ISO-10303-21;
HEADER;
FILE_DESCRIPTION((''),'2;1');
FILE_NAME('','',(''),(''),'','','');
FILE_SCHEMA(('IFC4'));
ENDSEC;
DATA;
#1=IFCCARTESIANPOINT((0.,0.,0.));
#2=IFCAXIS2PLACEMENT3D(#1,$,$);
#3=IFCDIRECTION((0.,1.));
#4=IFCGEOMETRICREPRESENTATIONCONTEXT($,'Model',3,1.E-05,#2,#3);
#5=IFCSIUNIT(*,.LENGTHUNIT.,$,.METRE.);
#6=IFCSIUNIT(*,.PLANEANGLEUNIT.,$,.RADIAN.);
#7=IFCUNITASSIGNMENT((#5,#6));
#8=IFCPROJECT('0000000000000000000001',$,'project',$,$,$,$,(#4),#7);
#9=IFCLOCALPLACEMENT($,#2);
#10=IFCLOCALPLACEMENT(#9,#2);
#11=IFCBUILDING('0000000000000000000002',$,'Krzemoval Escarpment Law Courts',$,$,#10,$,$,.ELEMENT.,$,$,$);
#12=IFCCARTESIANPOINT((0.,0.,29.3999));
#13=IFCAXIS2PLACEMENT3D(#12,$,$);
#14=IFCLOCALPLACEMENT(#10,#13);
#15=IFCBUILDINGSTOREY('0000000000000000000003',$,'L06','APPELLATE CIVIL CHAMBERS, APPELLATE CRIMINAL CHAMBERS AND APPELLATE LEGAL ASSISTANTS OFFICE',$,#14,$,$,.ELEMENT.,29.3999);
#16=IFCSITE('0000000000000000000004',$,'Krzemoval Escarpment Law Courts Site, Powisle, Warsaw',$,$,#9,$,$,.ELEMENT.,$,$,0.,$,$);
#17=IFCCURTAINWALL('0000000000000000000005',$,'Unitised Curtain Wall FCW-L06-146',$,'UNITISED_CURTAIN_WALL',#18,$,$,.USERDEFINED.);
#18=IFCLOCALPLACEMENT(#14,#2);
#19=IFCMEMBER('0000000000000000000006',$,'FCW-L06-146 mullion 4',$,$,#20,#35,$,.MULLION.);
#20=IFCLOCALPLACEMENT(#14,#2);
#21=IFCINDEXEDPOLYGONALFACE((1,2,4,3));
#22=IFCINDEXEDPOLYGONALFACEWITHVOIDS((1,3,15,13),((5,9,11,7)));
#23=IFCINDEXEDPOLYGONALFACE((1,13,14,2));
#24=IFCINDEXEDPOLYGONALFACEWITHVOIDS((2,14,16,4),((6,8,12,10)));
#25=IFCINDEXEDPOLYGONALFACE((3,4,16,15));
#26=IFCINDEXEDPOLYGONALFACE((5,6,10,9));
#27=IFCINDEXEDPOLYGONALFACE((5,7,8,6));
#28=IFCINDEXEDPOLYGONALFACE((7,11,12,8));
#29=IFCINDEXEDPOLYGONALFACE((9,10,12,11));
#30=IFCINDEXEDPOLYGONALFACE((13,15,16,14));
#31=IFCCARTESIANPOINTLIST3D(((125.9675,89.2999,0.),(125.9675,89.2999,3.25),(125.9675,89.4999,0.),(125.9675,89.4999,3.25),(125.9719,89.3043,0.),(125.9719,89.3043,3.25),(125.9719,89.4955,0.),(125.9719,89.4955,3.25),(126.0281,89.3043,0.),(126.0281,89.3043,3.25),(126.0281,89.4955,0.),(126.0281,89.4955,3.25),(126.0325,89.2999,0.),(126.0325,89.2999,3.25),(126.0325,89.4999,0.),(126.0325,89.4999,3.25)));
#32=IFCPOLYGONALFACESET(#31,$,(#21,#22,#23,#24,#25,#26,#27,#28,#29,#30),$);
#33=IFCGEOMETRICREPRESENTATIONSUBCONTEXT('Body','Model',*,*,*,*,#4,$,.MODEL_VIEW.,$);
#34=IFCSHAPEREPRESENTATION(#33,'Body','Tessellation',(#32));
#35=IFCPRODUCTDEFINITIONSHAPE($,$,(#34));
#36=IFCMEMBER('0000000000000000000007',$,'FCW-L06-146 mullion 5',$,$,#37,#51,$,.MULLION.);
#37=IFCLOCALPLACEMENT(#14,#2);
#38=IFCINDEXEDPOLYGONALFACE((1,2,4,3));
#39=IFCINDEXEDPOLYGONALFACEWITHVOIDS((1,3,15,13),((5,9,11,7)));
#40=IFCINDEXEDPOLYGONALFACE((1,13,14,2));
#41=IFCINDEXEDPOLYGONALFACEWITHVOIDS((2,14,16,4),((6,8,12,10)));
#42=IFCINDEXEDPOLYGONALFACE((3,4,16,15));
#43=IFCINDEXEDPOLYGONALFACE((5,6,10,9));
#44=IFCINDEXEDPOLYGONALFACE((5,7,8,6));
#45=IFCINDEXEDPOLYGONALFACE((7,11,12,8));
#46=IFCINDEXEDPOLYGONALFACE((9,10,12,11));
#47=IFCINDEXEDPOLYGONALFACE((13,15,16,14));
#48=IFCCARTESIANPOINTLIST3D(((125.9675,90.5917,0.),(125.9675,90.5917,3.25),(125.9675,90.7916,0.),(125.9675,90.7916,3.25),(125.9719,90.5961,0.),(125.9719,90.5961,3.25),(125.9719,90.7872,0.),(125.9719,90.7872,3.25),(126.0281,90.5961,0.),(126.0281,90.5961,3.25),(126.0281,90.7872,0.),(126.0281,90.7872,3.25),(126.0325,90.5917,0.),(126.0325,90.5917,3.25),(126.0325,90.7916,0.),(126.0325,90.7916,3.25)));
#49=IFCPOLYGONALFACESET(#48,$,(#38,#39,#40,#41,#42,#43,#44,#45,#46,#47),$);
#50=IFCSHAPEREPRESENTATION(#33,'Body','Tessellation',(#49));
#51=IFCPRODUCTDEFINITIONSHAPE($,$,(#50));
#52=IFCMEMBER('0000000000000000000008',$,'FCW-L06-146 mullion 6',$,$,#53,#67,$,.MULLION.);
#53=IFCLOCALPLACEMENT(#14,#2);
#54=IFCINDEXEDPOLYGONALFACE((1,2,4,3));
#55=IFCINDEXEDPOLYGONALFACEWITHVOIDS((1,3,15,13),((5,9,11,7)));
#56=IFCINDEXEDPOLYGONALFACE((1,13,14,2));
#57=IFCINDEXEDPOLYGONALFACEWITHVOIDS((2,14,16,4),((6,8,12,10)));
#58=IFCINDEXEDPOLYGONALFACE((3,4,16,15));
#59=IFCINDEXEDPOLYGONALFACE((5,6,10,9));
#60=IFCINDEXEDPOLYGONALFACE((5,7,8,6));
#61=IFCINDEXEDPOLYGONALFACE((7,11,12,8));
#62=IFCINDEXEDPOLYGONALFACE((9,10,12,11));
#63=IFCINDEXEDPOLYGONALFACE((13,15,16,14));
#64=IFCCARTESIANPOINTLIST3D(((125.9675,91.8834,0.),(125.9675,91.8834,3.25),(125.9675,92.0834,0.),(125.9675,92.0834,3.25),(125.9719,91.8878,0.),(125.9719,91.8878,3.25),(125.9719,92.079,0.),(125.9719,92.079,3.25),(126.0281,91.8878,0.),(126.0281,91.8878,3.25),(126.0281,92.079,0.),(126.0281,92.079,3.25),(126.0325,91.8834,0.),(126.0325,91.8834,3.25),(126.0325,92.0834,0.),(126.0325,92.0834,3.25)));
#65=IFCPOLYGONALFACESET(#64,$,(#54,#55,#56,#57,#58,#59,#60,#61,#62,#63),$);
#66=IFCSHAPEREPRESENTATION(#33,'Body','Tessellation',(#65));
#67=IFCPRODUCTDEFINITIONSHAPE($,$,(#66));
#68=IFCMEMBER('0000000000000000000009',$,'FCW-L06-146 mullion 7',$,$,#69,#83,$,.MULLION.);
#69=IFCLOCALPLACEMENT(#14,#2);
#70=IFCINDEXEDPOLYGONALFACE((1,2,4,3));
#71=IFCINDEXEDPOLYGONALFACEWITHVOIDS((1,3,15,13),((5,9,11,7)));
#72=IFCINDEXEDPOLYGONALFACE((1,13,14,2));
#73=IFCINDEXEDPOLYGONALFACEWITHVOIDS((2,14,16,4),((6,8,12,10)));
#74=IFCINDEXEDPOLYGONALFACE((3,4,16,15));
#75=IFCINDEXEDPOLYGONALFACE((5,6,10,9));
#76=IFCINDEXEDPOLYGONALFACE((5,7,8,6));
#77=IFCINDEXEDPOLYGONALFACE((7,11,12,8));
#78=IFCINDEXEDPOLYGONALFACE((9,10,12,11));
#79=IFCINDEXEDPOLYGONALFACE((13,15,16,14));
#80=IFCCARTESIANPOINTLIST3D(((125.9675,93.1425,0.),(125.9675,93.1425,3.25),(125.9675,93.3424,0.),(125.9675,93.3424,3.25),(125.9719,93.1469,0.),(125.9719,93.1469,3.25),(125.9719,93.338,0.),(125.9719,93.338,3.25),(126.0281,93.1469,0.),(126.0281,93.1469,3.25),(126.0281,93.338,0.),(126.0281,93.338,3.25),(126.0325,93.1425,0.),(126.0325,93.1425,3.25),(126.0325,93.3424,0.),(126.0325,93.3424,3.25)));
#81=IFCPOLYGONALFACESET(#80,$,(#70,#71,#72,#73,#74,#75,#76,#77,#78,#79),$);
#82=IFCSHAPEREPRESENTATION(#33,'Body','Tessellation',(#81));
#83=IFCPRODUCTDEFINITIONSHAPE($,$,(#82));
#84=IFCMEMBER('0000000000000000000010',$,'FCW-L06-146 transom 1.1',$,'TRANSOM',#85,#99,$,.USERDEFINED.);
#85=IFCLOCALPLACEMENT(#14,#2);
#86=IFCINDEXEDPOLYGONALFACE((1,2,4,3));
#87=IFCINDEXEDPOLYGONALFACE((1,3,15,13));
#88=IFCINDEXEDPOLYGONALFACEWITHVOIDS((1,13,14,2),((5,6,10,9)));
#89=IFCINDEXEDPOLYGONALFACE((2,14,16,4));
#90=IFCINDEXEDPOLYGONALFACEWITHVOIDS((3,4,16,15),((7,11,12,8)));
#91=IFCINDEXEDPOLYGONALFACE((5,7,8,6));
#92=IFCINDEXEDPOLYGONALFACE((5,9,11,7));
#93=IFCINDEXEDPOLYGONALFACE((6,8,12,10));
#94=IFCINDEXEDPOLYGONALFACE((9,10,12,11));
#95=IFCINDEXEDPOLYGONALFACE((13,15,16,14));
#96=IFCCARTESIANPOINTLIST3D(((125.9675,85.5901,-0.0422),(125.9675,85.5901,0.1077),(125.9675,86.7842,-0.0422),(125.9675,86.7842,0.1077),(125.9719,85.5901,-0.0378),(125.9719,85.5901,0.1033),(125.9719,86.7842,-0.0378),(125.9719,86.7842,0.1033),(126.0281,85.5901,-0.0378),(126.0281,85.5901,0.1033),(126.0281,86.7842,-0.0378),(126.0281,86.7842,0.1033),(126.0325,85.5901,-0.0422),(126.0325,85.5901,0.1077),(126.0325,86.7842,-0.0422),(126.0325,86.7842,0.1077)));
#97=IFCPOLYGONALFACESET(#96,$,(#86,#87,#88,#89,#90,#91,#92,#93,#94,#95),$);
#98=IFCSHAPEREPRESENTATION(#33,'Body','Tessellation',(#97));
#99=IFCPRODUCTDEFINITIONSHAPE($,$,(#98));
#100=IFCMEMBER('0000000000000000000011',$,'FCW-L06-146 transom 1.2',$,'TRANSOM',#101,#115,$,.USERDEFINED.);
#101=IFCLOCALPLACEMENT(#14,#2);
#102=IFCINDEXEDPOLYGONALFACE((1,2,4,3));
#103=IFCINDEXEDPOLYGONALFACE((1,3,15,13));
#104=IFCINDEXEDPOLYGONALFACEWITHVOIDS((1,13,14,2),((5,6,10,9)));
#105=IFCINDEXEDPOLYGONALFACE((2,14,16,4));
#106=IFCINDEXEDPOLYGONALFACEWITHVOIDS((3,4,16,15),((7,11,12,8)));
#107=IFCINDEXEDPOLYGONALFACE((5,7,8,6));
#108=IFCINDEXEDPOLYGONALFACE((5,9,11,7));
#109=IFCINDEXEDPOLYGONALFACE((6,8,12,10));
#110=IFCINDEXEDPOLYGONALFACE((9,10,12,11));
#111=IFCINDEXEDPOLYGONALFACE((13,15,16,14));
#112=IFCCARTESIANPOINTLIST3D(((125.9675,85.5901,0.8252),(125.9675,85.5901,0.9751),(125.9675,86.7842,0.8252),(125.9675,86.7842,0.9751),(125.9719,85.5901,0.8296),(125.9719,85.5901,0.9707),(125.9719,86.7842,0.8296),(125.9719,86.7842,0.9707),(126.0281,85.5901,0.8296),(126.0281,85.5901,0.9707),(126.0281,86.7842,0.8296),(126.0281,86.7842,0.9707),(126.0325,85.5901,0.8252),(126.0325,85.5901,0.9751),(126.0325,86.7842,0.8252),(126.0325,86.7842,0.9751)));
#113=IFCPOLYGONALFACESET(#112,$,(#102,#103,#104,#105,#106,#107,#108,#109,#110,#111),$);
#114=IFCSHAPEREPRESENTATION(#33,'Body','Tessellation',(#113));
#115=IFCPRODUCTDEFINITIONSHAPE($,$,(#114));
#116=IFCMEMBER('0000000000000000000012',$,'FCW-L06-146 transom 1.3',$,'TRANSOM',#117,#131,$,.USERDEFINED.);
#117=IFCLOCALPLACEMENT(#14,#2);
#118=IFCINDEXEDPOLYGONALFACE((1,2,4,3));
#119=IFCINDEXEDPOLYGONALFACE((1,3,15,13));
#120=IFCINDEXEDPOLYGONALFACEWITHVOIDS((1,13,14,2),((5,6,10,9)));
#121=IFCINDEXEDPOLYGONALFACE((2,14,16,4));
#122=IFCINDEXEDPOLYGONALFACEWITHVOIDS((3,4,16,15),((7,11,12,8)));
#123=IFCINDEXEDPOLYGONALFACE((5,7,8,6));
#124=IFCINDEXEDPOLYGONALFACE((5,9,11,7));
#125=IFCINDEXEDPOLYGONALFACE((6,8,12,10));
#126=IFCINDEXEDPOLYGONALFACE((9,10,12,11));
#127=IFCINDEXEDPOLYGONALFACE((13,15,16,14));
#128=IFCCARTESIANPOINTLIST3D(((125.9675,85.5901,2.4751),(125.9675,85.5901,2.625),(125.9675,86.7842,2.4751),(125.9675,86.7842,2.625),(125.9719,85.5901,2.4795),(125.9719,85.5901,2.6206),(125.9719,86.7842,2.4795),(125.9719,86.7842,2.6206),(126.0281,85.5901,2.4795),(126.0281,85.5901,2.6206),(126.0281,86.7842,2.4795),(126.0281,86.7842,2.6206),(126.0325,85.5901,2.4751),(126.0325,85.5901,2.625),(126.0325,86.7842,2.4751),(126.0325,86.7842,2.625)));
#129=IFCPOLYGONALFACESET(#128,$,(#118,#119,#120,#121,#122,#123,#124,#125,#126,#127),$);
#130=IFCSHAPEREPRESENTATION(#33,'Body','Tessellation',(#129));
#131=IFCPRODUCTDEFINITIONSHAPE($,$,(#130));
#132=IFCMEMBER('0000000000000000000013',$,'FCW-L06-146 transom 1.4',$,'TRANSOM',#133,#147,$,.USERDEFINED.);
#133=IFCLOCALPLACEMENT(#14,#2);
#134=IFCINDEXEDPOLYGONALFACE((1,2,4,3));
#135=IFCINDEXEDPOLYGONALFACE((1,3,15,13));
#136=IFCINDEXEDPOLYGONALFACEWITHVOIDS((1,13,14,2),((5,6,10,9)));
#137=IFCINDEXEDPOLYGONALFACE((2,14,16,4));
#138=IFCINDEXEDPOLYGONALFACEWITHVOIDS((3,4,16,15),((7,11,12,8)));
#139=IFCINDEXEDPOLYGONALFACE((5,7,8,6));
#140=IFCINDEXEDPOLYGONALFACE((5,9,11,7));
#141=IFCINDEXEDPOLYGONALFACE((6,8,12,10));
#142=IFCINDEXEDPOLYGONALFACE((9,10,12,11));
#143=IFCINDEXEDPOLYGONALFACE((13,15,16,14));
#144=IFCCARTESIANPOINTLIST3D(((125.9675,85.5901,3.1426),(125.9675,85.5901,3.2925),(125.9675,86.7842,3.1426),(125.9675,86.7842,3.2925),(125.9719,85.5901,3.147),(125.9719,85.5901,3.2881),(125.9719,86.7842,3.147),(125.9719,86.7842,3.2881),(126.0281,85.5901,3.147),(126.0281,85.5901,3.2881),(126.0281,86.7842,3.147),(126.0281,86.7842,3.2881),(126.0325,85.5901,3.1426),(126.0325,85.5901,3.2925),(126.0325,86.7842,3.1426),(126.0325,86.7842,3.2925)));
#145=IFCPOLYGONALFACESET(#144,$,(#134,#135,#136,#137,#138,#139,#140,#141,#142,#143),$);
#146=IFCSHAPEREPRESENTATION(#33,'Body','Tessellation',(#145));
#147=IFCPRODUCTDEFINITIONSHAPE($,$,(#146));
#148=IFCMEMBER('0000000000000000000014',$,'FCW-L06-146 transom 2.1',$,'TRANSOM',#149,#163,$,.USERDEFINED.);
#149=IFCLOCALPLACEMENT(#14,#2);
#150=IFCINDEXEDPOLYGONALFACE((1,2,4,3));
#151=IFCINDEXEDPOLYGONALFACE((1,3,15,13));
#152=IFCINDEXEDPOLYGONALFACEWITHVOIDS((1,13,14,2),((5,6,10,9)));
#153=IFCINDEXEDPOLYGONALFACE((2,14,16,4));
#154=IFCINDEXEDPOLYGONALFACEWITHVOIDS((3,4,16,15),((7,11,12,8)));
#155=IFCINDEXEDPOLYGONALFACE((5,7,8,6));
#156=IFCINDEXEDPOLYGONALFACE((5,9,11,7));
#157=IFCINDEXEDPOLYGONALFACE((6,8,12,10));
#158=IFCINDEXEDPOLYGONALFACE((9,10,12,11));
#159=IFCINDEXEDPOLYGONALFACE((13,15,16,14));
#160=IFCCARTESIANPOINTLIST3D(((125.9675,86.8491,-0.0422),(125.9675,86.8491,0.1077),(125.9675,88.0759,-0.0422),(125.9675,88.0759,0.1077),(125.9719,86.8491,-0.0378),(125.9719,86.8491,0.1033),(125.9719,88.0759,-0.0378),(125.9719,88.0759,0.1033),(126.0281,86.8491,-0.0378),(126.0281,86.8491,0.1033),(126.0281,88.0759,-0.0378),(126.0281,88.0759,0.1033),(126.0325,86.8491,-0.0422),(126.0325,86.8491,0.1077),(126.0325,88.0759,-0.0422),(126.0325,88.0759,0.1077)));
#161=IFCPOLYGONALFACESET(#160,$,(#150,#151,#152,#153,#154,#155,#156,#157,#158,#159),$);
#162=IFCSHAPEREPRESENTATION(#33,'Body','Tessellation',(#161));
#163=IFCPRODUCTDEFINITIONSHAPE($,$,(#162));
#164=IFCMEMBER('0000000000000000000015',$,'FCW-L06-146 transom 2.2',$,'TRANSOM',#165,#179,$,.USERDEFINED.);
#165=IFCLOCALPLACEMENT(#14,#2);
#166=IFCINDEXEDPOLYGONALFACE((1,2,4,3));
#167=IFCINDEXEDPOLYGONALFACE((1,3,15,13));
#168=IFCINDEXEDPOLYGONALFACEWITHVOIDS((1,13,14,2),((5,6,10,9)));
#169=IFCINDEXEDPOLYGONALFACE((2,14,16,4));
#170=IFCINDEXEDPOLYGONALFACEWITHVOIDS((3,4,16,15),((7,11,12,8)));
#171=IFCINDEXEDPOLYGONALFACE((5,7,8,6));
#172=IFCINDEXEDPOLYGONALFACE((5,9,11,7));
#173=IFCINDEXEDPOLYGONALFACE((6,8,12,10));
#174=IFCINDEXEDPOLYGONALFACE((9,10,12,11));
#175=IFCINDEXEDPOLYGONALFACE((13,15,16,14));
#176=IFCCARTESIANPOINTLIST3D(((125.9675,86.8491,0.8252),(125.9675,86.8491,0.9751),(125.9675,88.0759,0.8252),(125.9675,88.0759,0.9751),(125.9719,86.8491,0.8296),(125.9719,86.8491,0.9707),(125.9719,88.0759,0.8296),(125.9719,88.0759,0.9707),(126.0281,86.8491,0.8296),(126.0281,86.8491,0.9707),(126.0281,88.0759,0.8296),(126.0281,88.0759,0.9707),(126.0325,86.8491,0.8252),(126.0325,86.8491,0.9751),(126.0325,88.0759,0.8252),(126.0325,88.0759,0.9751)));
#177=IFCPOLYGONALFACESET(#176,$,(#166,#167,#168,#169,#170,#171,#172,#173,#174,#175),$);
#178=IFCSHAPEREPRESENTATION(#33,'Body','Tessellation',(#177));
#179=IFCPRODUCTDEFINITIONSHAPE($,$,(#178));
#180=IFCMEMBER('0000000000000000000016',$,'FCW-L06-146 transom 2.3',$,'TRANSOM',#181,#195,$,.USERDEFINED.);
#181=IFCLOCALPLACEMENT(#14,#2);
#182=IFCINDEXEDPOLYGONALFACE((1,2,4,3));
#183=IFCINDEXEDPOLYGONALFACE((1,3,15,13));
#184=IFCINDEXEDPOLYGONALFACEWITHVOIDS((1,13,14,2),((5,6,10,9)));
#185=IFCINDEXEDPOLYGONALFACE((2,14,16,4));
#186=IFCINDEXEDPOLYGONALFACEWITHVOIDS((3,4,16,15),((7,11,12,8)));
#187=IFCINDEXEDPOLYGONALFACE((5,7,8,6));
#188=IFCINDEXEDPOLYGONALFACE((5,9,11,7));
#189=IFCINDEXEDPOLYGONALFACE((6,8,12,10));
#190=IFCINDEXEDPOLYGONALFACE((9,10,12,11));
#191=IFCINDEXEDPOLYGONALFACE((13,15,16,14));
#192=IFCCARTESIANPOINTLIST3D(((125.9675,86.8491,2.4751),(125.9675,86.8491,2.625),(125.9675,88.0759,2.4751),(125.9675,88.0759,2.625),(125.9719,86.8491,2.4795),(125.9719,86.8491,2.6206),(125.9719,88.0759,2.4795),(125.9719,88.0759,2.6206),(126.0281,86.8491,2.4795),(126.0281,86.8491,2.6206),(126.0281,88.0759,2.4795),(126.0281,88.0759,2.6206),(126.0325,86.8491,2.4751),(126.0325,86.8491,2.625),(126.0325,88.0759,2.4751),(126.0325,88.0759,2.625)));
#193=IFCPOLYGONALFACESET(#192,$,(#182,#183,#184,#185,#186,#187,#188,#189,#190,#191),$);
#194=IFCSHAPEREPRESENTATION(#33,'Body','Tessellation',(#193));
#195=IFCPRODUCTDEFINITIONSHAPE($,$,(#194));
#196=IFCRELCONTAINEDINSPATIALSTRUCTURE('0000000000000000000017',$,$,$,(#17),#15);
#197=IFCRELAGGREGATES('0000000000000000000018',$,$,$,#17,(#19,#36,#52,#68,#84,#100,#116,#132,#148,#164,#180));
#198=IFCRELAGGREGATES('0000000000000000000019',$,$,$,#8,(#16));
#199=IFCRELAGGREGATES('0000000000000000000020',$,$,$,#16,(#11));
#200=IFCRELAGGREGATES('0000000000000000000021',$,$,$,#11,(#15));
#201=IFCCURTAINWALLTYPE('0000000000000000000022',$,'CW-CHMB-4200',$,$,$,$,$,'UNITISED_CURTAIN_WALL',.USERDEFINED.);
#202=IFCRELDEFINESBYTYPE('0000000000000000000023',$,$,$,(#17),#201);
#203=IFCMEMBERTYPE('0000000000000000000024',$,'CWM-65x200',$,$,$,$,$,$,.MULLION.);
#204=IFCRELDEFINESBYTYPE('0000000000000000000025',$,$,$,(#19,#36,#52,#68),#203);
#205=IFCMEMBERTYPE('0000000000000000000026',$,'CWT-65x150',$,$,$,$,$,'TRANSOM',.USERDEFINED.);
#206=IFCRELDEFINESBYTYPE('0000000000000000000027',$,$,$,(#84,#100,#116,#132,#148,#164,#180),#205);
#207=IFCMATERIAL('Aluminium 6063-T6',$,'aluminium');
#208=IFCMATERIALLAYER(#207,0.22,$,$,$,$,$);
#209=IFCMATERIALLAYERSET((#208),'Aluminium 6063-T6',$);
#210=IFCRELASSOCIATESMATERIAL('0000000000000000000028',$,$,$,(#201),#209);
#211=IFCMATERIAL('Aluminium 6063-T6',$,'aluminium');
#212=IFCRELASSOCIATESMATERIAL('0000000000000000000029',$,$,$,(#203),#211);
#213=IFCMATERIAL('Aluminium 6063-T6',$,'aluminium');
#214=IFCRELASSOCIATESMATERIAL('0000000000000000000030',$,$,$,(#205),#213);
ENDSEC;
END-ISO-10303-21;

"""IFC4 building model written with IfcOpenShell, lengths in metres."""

from ifc_helpers import new_model, si_unit, direction, frame, origin, origin_2d, place, context, subcontext, project, spatial, hollow_rectangle, extrude, material, layer, layer_set, material_profile, profile_set, type_object, element, aggregate, save


model = new_model("IFC4")

# Units and contexts
model_context = context("Model", 3, precision=1e-05, world=origin(), true_north=direction((0.0, 1.0)))
body_context = subcontext(model_context, "Body", "Model", "MODEL_VIEW")
ifc_project = project(units=[si_unit("LENGTHUNIT", "METRE"), si_unit("PLANEANGLEUNIT", "RADIAN")], contexts=[model_context])

# Site, building, storey
site_placement = place(None, origin())
site = spatial("IfcSite", under=ifc_project, at=site_placement, Name="Krzemoval Escarpment Law Courts Site, Powisle, Warsaw", CompositionType="ELEMENT", RefElevation=0.0)
building_placement = place(site_placement, origin())
building = spatial("IfcBuilding", under=site, at=building_placement, Name="Krzemoval Escarpment Law Courts", CompositionType="ELEMENT")
storey_placement = place(building_placement, frame((0.0, 0.0, 29.3999)))
storey = spatial("IfcBuildingStorey", under=building, at=storey_placement, Name="L06", Description="APPELLATE CIVIL CHAMBERS, APPELLATE CRIMINAL CHAMBERS AND APPELLATE LEGAL ASSISTANTS OFFICE", CompositionType="ELEMENT", Elevation=29.3999)

# Curtain wall, members
ifc_material_1 = material(Name="Aluminium 6063-T6", Category="aluminium")
ifc_layer_1 = layer(ifc_material_1, 0.22)
ifc_layer_set_1 = layer_set([ifc_layer_1], Name="Aluminium 6063-T6")
curtain_wall_type = type_object("IfcCurtainWallType", Name="CW-CHMB-4200", ElementType="UNITISED_CURTAIN_WALL", PredefinedType="USERDEFINED", material=ifc_layer_set_1)
curtain_wall_placement = place(storey_placement, origin())
curtain_wall = element("IfcCurtainWall", 1, at=curtain_wall_placement, inside=storey, type_object=curtain_wall_type, Name="Unitised Curtain Wall FCW-L06-146", ObjectType="UNITISED_CURTAIN_WALL", PredefinedType="USERDEFINED")
ifc_material_2 = material(Name="Aluminium 6063-T6", Category="aluminium")
ifc_material_profile_1 = material_profile(ifc_material_2, hollow_rectangle(XDim=0.0649, YDim=0.2, WallThickness=0.0044, at=origin_2d()), Name="ALU M65x200")
ifc_profile_set_1 = profile_set([ifc_material_profile_1], Name="Aluminium 6063-T6")
member_type_1 = type_object("IfcMemberType", Name="CWM-65x200", PredefinedType="MULLION", material=ifc_profile_set_1)
member_1_placement = place(storey_placement, frame((126.0, 89.3999, 0.0), z_axis=(0.0, 0.0, 1.0), x_axis=(-1.0, 0.0, 0.0)))
member_1 = element("IfcMember", 2, at=member_1_placement, type_object=member_type_1, Name="FCW-L06-146 mullion 4", PredefinedType="MULLION", context=body_context, shape_type="SweptSolid", body=[
    extrude(hollow_rectangle(XDim=0.0649, YDim=0.2, WallThickness=0.0044, at=origin_2d()), origin(), (0.0, 0.0, 1.0), 3.25),
])
member_2_placement = place(storey_placement, frame((126.0, 90.6917, 0.0), z_axis=(0.0, 0.0, 1.0), x_axis=(-1.0, 0.0, 0.0)))
member_2 = element("IfcMember", 3, at=member_2_placement, type_object=member_type_1, Name="FCW-L06-146 mullion 5", PredefinedType="MULLION", context=body_context, shape_type="SweptSolid", body=[
    extrude(hollow_rectangle(XDim=0.0649, YDim=0.2, WallThickness=0.0044, at=origin_2d()), origin(), (0.0, 0.0, 1.0), 3.25),
])
member_3_placement = place(storey_placement, frame((126.0, 91.9834, 0.0), z_axis=(0.0, 0.0, 1.0), x_axis=(-1.0, 0.0, 0.0)))
member_3 = element("IfcMember", 4, at=member_3_placement, type_object=member_type_1, Name="FCW-L06-146 mullion 6", PredefinedType="MULLION", context=body_context, shape_type="SweptSolid", body=[
    extrude(hollow_rectangle(XDim=0.0649, YDim=0.2, WallThickness=0.0044, at=origin_2d()), origin(), (0.0, 0.0, 1.0), 3.25),
])
member_4_placement = place(storey_placement, frame((126.0, 93.2424, 0.0), z_axis=(0.0, 0.0, 1.0), x_axis=(-1.0, 0.0, 0.0)))
member_4 = element("IfcMember", 5, at=member_4_placement, type_object=member_type_1, Name="FCW-L06-146 mullion 7", PredefinedType="MULLION", context=body_context, shape_type="SweptSolid", body=[
    extrude(hollow_rectangle(XDim=0.0649, YDim=0.2, WallThickness=0.0044, at=origin_2d()), origin(), (0.0, 0.0, 1.0), 3.25),
])
ifc_material_3 = material(Name="Aluminium 6063-T6", Category="aluminium")
ifc_material_profile_2 = material_profile(ifc_material_3, hollow_rectangle(XDim=0.0649, YDim=0.1499, WallThickness=0.0044, at=origin_2d()), Name="ALU T65x150")
ifc_profile_set_2 = profile_set([ifc_material_profile_2], Name="Aluminium 6063-T6")
member_type_2 = type_object("IfcMemberType", Name="CWT-65x150", ElementType="TRANSOM", PredefinedType="USERDEFINED", material=ifc_profile_set_2)
member_5_placement = place(storey_placement, frame((126.0, 85.5901, 0.0327), z_axis=(0.0, 1.0, 0.0), x_axis=(-1.0, 0.0, 0.0)))
member_5 = element("IfcMember", 6, at=member_5_placement, type_object=member_type_2, Name="FCW-L06-146 transom 1.1", ObjectType="TRANSOM", PredefinedType="USERDEFINED", context=body_context, shape_type="SweptSolid", body=[
    extrude(hollow_rectangle(XDim=0.0649, YDim=0.1499, WallThickness=0.0044, at=origin_2d()), origin(), (0.0, 0.0, 1.0), 1.1941),
])
member_6_placement = place(storey_placement, frame((126.0, 85.5901, 0.9001), z_axis=(0.0, 1.0, 0.0), x_axis=(-1.0, 0.0, 0.0)))
member_6 = element("IfcMember", 7, at=member_6_placement, type_object=member_type_2, Name="FCW-L06-146 transom 1.2", ObjectType="TRANSOM", PredefinedType="USERDEFINED", context=body_context, shape_type="SweptSolid", body=[
    extrude(hollow_rectangle(XDim=0.0649, YDim=0.1499, WallThickness=0.0044, at=origin_2d()), origin(), (0.0, 0.0, 1.0), 1.1941),
])
member_7_placement = place(storey_placement, frame((126.0, 85.5901, 2.55), z_axis=(0.0, 1.0, 0.0), x_axis=(-1.0, 0.0, 0.0)))
member_7 = element("IfcMember", 8, at=member_7_placement, type_object=member_type_2, Name="FCW-L06-146 transom 1.3", ObjectType="TRANSOM", PredefinedType="USERDEFINED", context=body_context, shape_type="SweptSolid", body=[
    extrude(hollow_rectangle(XDim=0.0649, YDim=0.1499, WallThickness=0.0044, at=origin_2d()), origin(), (0.0, 0.0, 1.0), 1.1941),
])
member_8_placement = place(storey_placement, frame((126.0, 85.5901, 3.2175), z_axis=(0.0, 1.0, 0.0), x_axis=(-1.0, 0.0, 0.0)))
member_8 = element("IfcMember", 9, at=member_8_placement, type_object=member_type_2, Name="FCW-L06-146 transom 1.4", ObjectType="TRANSOM", PredefinedType="USERDEFINED", context=body_context, shape_type="SweptSolid", body=[
    extrude(hollow_rectangle(XDim=0.0649, YDim=0.1499, WallThickness=0.0044, at=origin_2d()), origin(), (0.0, 0.0, 1.0), 1.1941),
])
member_9_placement = place(storey_placement, frame((126.0, 86.8491, 0.0327), z_axis=(0.0, 1.0, 0.0), x_axis=(-1.0, 0.0, 0.0)))
member_9 = element("IfcMember", 10, at=member_9_placement, type_object=member_type_2, Name="FCW-L06-146 transom 2.1", ObjectType="TRANSOM", PredefinedType="USERDEFINED", context=body_context, shape_type="SweptSolid", body=[
    extrude(hollow_rectangle(XDim=0.0649, YDim=0.1499, WallThickness=0.0044, at=origin_2d()), origin(), (0.0, 0.0, 1.0), 1.2268),
])
member_10_placement = place(storey_placement, frame((126.0, 86.8491, 0.9001), z_axis=(0.0, 1.0, 0.0), x_axis=(-1.0, 0.0, 0.0)))
member_10 = element("IfcMember", 11, at=member_10_placement, type_object=member_type_2, Name="FCW-L06-146 transom 2.2", ObjectType="TRANSOM", PredefinedType="USERDEFINED", context=body_context, shape_type="SweptSolid", body=[
    extrude(hollow_rectangle(XDim=0.0649, YDim=0.1499, WallThickness=0.0044, at=origin_2d()), origin(), (0.0, 0.0, 1.0), 1.2268),
])
member_11_placement = place(storey_placement, frame((126.0, 86.8491, 2.55), z_axis=(0.0, 1.0, 0.0), x_axis=(-1.0, 0.0, 0.0)))
member_11 = element("IfcMember", 12, at=member_11_placement, type_object=member_type_2, Name="FCW-L06-146 transom 2.3", ObjectType="TRANSOM", PredefinedType="USERDEFINED", context=body_context, shape_type="SweptSolid", body=[
    extrude(hollow_rectangle(XDim=0.0649, YDim=0.1499, WallThickness=0.0044, at=origin_2d()), origin(), (0.0, 0.0, 1.0), 1.2268),
])

aggregate(curtain_wall, [member_1, member_2, member_3, member_4, member_5, member_6, member_7, member_8, member_9, member_10, member_11])

save(model, "model.ifc")
